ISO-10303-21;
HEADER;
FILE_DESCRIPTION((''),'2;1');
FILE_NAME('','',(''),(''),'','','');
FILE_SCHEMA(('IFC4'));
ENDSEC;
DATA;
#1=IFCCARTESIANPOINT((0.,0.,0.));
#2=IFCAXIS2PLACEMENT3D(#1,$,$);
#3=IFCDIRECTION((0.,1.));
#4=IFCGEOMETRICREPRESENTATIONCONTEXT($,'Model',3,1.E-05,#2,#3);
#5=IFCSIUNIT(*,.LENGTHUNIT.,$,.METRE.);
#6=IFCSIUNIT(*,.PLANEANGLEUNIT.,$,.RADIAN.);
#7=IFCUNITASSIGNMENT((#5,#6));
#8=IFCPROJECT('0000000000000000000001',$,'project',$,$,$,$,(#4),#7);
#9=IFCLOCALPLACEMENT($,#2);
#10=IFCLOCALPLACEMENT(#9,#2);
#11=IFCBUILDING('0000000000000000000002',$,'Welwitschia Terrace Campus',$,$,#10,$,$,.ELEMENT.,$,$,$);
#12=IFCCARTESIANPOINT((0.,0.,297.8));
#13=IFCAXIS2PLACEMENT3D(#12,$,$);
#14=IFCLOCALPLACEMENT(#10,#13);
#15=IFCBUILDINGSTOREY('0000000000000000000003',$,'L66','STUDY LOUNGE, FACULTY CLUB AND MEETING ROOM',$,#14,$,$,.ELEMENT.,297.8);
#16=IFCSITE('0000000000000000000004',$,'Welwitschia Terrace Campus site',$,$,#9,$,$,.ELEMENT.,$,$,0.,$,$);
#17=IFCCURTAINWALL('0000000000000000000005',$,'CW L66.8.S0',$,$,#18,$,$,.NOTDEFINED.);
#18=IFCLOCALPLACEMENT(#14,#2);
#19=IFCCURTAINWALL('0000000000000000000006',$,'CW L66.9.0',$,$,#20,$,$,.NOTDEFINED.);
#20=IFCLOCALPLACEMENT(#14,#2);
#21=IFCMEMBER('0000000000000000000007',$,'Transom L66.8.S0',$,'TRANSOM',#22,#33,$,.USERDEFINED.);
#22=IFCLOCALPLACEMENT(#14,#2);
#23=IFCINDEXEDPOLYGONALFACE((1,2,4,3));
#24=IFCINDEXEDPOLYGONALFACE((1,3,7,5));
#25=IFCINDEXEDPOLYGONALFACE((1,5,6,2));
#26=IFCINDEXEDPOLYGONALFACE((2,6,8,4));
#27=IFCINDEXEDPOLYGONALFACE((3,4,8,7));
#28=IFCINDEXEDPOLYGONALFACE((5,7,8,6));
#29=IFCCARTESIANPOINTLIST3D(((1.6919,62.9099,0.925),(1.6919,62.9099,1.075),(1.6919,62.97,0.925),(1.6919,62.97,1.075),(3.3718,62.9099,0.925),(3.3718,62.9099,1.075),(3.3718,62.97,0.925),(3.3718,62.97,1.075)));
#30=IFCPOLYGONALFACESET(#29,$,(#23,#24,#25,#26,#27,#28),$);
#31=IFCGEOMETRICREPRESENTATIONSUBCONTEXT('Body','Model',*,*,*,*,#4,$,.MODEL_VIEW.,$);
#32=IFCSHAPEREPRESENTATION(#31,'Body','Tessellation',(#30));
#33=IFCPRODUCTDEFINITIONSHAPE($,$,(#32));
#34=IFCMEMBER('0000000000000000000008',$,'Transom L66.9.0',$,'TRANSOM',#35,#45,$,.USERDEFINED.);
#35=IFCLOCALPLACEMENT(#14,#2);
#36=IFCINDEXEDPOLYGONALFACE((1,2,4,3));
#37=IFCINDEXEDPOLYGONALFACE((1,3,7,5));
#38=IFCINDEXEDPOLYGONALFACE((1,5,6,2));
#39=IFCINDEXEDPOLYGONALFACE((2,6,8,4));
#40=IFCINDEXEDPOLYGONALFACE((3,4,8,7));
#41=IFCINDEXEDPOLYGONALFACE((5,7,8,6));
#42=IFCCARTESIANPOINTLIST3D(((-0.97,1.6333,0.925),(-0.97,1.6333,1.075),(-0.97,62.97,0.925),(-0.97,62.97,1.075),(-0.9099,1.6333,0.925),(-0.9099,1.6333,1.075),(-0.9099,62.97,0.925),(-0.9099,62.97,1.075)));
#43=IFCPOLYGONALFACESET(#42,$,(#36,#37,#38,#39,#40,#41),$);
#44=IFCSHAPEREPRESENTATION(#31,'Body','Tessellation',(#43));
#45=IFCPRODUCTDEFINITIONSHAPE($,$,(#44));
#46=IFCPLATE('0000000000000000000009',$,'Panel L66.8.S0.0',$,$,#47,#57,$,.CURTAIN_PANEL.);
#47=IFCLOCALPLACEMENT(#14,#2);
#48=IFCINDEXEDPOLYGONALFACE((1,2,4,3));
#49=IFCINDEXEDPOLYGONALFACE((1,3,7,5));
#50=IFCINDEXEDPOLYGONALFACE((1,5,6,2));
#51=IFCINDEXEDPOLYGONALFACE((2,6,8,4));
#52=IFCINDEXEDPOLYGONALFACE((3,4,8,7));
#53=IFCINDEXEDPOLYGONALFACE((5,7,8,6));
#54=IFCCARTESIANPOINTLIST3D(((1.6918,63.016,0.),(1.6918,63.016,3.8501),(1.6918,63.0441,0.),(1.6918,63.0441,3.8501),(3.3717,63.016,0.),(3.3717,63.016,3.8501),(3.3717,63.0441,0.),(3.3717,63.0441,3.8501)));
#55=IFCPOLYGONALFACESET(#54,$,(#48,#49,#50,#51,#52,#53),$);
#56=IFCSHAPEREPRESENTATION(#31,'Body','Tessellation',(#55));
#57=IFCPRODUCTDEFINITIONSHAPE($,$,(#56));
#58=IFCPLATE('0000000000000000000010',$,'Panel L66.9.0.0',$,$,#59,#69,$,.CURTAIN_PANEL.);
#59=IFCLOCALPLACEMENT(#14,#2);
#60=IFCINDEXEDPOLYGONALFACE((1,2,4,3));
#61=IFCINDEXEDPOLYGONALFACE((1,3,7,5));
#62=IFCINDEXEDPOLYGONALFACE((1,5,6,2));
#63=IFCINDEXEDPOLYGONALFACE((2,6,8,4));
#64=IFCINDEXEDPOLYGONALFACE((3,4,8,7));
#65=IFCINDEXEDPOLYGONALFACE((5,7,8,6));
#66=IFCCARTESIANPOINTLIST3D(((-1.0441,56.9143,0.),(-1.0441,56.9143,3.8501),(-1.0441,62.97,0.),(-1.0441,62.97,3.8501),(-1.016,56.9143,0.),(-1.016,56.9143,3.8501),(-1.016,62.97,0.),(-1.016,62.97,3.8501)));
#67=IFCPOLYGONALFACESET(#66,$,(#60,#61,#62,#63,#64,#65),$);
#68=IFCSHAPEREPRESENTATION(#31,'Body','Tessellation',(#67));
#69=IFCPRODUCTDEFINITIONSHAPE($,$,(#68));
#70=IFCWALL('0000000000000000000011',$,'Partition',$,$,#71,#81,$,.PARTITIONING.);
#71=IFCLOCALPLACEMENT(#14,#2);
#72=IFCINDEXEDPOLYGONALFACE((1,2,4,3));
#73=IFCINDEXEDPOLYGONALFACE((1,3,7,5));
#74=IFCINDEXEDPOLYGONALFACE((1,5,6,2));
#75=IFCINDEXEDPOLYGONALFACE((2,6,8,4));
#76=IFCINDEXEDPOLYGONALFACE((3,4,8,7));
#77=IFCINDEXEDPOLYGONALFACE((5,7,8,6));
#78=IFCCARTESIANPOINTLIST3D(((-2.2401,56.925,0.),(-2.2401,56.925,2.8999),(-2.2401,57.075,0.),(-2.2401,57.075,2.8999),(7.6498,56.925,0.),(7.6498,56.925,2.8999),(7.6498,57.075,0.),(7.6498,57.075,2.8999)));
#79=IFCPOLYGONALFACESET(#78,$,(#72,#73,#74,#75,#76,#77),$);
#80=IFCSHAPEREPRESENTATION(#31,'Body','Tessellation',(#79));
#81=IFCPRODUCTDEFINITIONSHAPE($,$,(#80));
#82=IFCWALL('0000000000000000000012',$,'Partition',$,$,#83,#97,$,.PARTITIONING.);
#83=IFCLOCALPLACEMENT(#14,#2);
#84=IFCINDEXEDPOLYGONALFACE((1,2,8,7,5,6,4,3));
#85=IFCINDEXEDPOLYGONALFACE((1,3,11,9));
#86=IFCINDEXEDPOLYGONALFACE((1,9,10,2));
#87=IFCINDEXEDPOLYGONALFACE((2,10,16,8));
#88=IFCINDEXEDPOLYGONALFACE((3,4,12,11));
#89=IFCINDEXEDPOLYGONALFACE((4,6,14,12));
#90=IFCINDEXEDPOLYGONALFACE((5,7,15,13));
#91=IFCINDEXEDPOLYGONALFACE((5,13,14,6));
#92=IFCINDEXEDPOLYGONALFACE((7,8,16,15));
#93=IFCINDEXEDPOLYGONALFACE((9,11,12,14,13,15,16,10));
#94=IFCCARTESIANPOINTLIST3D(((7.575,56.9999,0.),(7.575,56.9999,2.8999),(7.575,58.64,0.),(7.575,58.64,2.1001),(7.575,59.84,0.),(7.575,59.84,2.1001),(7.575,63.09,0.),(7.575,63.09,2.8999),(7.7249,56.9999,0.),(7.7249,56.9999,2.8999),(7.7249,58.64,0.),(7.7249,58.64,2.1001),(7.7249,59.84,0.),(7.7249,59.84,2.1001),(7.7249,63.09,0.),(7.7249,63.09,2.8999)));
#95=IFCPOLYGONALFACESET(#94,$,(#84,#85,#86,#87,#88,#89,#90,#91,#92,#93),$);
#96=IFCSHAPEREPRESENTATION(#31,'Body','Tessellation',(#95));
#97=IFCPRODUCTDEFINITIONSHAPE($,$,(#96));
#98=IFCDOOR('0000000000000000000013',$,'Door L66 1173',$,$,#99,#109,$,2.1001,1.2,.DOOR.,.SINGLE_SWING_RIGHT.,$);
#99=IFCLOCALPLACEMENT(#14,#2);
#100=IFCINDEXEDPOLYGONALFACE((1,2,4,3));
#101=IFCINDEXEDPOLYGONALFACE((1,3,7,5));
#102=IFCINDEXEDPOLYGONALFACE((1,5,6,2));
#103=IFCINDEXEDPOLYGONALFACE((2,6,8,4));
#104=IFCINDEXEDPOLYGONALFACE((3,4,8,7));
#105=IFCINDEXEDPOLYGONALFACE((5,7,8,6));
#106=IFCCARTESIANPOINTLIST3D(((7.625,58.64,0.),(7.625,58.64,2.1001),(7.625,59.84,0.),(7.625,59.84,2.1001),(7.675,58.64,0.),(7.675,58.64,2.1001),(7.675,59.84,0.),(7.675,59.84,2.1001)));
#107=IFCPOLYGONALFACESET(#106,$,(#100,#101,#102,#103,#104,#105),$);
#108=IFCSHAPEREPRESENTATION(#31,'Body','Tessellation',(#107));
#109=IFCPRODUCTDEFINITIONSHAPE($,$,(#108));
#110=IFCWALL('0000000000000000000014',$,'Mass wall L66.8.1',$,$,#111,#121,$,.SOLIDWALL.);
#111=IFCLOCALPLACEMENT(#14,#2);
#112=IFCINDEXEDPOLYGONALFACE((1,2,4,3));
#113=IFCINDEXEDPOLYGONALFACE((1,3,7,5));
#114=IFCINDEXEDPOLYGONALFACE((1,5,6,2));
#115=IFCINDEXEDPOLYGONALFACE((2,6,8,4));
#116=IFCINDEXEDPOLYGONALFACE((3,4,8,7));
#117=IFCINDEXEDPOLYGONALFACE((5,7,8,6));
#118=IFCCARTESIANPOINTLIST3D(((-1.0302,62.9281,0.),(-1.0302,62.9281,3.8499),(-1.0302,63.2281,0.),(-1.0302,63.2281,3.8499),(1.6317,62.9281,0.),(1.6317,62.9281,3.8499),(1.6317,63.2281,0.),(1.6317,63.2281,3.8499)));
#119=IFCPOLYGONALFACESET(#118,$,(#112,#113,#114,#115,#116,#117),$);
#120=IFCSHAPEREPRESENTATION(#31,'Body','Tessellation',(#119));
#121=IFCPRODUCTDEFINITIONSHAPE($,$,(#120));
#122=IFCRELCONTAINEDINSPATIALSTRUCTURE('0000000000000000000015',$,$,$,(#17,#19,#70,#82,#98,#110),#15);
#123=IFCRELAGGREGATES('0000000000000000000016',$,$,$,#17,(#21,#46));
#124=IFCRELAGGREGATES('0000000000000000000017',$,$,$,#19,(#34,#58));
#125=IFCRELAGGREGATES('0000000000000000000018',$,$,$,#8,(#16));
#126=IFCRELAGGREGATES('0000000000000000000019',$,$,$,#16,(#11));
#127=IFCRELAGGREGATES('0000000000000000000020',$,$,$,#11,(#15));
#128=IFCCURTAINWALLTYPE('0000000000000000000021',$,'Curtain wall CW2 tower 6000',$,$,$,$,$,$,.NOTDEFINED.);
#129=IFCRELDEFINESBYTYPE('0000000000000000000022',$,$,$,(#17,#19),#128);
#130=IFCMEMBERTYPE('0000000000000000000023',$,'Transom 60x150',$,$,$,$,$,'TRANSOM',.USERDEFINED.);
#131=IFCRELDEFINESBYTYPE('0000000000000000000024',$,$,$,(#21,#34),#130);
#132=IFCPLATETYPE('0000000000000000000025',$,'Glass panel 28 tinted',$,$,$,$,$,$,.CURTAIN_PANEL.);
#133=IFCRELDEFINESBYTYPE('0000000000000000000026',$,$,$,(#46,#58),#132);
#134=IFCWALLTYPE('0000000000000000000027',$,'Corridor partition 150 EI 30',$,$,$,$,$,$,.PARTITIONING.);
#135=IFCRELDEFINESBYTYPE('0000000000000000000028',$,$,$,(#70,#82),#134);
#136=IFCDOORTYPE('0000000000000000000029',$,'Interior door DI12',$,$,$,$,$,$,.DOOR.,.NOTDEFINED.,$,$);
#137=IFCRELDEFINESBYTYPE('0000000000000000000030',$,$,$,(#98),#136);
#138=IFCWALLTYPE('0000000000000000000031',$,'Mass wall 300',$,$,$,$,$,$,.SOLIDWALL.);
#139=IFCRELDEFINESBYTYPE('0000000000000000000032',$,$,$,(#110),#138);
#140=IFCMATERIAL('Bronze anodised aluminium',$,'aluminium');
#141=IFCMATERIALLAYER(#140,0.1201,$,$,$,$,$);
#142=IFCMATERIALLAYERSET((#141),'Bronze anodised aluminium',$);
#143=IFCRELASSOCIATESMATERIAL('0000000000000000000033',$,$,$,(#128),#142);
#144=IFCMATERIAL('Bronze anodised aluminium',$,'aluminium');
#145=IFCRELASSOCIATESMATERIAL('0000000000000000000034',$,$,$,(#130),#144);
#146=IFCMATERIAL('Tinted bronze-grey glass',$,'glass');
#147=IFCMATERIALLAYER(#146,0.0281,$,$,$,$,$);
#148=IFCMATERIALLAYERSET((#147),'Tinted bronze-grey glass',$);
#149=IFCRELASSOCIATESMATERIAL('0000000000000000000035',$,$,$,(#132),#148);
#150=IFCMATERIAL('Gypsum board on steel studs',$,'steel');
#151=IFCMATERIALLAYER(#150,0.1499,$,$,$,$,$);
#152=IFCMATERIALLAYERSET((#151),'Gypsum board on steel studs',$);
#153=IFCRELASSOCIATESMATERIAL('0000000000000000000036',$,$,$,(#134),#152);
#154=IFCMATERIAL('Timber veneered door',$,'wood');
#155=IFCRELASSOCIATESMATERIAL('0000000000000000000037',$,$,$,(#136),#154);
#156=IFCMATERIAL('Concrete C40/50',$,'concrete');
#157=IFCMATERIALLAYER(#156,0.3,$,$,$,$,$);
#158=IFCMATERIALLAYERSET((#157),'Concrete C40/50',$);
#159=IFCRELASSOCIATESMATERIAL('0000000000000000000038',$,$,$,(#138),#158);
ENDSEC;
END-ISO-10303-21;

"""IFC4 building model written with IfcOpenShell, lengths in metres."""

from ifc_helpers import new_model, si_unit, direction, frame, frame_2d, origin, origin_2d, place, context, subcontext, project, spatial, rectangle, extrude, material, layer, layer_set, material_profile, profile_set, type_object, element, fill, aggregate, save


model = new_model("IFC4")

# Units and contexts
model_context = context("Model", 3, precision=1e-05, world=origin(), true_north=direction((0.0, 1.0)))
body_context = subcontext(model_context, "Body", "Model", "MODEL_VIEW")
ifc_project = project(units=[si_unit("LENGTHUNIT", "METRE"), si_unit("PLANEANGLEUNIT", "RADIAN")], contexts=[model_context])

# Site, building, storey
site_placement = place(None, origin())
site = spatial("IfcSite", under=ifc_project, at=site_placement, Name="Welwitschia Terrace Campus site", CompositionType="ELEMENT", RefElevation=0.0)
building_placement = place(site_placement, origin())
building = spatial("IfcBuilding", under=site, at=building_placement, Name="Welwitschia Terrace Campus", CompositionType="ELEMENT")
storey_placement = place(building_placement, frame((0.0, 0.0, 297.8)))
storey = spatial("IfcBuildingStorey", under=building, at=storey_placement, Name="L66", Description="STUDY LOUNGE, FACULTY CLUB AND MEETING ROOM", CompositionType="ELEMENT", Elevation=297.8)

# Curtain walls
ifc_material_1 = material(Name="Bronze anodised aluminium", Category="aluminium")
ifc_layer_1 = layer(ifc_material_1, 0.1201)
ifc_layer_set_1 = layer_set([ifc_layer_1], Name="Bronze anodised aluminium")
curtain_wall_type = type_object("IfcCurtainWallType", Name="Curtain wall CW2 tower 6000", PredefinedType="NOTDEFINED", material=ifc_layer_set_1)
curtain_wall_1_placement = place(storey_placement, origin())
curtain_wall_1 = element("IfcCurtainWall", 1, at=curtain_wall_1_placement, inside=storey, type_object=curtain_wall_type, Name="CW L66.8.S0", PredefinedType="NOTDEFINED")
curtain_wall_2_placement = place(storey_placement, origin())
curtain_wall_2 = element("IfcCurtainWall", 2, at=curtain_wall_2_placement, inside=storey, type_object=curtain_wall_type, Name="CW L66.9.0", PredefinedType="NOTDEFINED")

# Members
ifc_material_2 = material(Name="Bronze anodised aluminium", Category="aluminium")
ifc_material_profile_1 = material_profile(ifc_material_2, rectangle(XDim=0.0601, YDim=0.1499, at=origin_2d()))
ifc_profile_set_1 = profile_set([ifc_material_profile_1], Name="Bronze anodised aluminium")
member_type_1 = type_object("IfcMemberType", Name="Transom 60x150", ElementType="TRANSOM", PredefinedType="USERDEFINED", material=ifc_profile_set_1)
member_1_placement = place(storey_placement, frame((3.3718, 62.9399, 1.0), z_axis=(-1.0, 0.0, 0.0), x_axis=(0.0, -1.0, 0.0)))
member_1 = element("IfcMember", 3, at=member_1_placement, type_object=member_type_1, Name="Transom L66.8.S0", ObjectType="TRANSOM", PredefinedType="USERDEFINED", context=body_context, shape_type="SweptSolid", body=[
    extrude(rectangle(XDim=0.0601, YDim=0.1499, at=origin_2d()), origin(), (0.0, 0.0, 1.0), 1.6799),
])
member_2_placement = place(storey_placement, frame((-0.9399, 62.97, 1.0), z_axis=(0.0, -1.0, 0.0), x_axis=(1.0, 0.0, 0.0)))
member_2 = element("IfcMember", 4, at=member_2_placement, type_object=member_type_1, Name="Transom L66.9.0", ObjectType="TRANSOM", PredefinedType="USERDEFINED", context=body_context, shape_type="SweptSolid", body=[
    extrude(rectangle(XDim=0.0601, YDim=0.1499, at=origin_2d()), origin(), (0.0, 0.0, 1.0), 61.3367),
])

# Plates
ifc_material_3 = material(Name="Tinted bronze-grey glass", Category="glass")
ifc_layer_2 = layer(ifc_material_3, 0.0281)
ifc_layer_set_2 = layer_set([ifc_layer_2], Name="Tinted bronze-grey glass")
plate_type = type_object("IfcPlateType", Name="Glass panel 28 tinted", PredefinedType="CURTAIN_PANEL", material=ifc_layer_set_2)
plate_1_placement = place(storey_placement, frame((2.5317, 63.03, 0.0), z_axis=(0.0, 0.0, 1.0), x_axis=(-1.0, 0.0, 0.0)))
plate_1 = element("IfcPlate", 5, at=plate_1_placement, type_object=plate_type, Name="Panel L66.8.S0.0", PredefinedType="CURTAIN_PANEL", context=body_context, shape_type="SweptSolid", body=[
    extrude(rectangle(XDim=1.6799, YDim=0.0281, at=origin_2d()), origin(), (0.0, 0.0, 1.0), 3.8501),
])
aggregate(curtain_wall_1, [member_1, plate_1])
plate_2_placement = place(storey_placement, frame((-1.03, 59.9421, 0.0), z_axis=(0.0, 0.0, 1.0), x_axis=(0.0, -1.0, 0.0)))
plate_2 = element("IfcPlate", 6, at=plate_2_placement, type_object=plate_type, Name="Panel L66.9.0.0", PredefinedType="CURTAIN_PANEL", context=body_context, shape_type="SweptSolid", body=[
    extrude(rectangle(XDim=6.0557, YDim=0.0281, at=origin_2d()), origin(), (0.0, 0.0, 1.0), 3.8501),
])
aggregate(curtain_wall_2, [member_2, plate_2])

# Wall
ifc_material_4 = material(Name="Gypsum board on steel studs", Category="steel")
ifc_layer_3 = layer(ifc_material_4, 0.1499)
ifc_layer_set_3 = layer_set([ifc_layer_3], Name="Gypsum board on steel studs")
wall_type_1 = type_object("IfcWallType", Name="Corridor partition 150 EI 30", PredefinedType="PARTITIONING", material=ifc_layer_set_3)
wall_1_placement = place(storey_placement, frame((-2.24, 57.0, 0.0), z_axis=(0.0, 0.0, 1.0), x_axis=(1.0, 0.0, 0.0)))
element("IfcWall", 7, at=wall_1_placement, inside=storey, type_object=wall_type_1, Name="Partition", PredefinedType="PARTITIONING", context=body_context, shape_type="SweptSolid", body=[
    extrude(rectangle(XDim=9.8899, YDim=0.1499, at=frame_2d((4.9448, 0.0))), origin(), (0.0, 0.0, 1.0), 2.8999),
])

# Wall, opening, door
wall_2_placement = place(storey_placement, frame((7.6499, 57.0, 0.0), z_axis=(0.0, 0.0, 1.0), x_axis=(0.0, 1.0, 0.0)))
wall_2 = element("IfcWall", 8, at=wall_2_placement, inside=storey, type_object=wall_type_1, Name="Partition", PredefinedType="PARTITIONING", context=body_context, shape_type="SweptSolid", body=[
    extrude(rectangle(XDim=6.0901, YDim=0.1499, at=frame_2d((3.0449, 0.0))), origin(), (0.0, 0.0, 1.0), 2.8999),
])
opening_placement = place(wall_2_placement, frame((1.6399, 0.0, 0.0)))
opening = element("IfcOpeningElement", 9, at=opening_placement, cuts=wall_2, PredefinedType="OPENING", context=body_context, shape_type="SweptSolid", body=[
    extrude(rectangle(XDim=1.2, YDim=2.1001, at=frame_2d((0.6001, 1.05))), frame((0.0, 0.085, 0.0), z_axis=(0.0, -1.0, 0.0), x_axis=(1.0, 0.0, 0.0)), (0.0, 0.0, 1.0), 0.1699),
])
ifc_material_5 = material(Name="Timber veneered door", Category="wood")
door_type = type_object("IfcDoorType", Name="Interior door DI12", OperationType="NOTDEFINED", PredefinedType="DOOR", material=ifc_material_5)
door_placement = place(opening_placement, origin())
door = element("IfcDoor", 10, at=door_placement, inside=storey, type_object=door_type, Name="Door L66 1173", OperationType="SINGLE_SWING_RIGHT", OverallHeight=2.1001, OverallWidth=1.2, PredefinedType="DOOR", context=body_context, shape_type="SweptSolid", body=[
    extrude(rectangle(XDim=1.2, YDim=2.1001, at=frame_2d((0.6001, 1.05))), frame((0.0, 0.0249, 0.0), z_axis=(0.0, -1.0, 0.0), x_axis=(1.0, 0.0, 0.0)), (0.0, 0.0, 1.0), 0.05),
])
fill(opening, door)

# Wall
ifc_material_6 = material(Name="Concrete C40/50", Category="concrete")
ifc_layer_4 = layer(ifc_material_6, 0.3)
ifc_layer_set_4 = layer_set([ifc_layer_4], Name="Concrete C40/50")
wall_type_2 = type_object("IfcWallType", Name="Mass wall 300", PredefinedType="SOLIDWALL", material=ifc_layer_set_4)
wall_3_placement = place(storey_placement, frame((1.6318, 63.0781, 0.0), z_axis=(0.0, 0.0, 1.0), x_axis=(-1.0, 0.0, 0.0)))
element("IfcWall", 11, at=wall_3_placement, inside=storey, type_object=wall_type_2, Name="Mass wall L66.8.1", PredefinedType="SOLIDWALL", context=body_context, shape_type="SweptSolid", body=[
    extrude(rectangle(XDim=2.6619, YDim=0.3, at=frame_2d((1.3311, 0.0))), origin(), (0.0, 0.0, 1.0), 3.8499),
])

save(model, "model.ifc")
